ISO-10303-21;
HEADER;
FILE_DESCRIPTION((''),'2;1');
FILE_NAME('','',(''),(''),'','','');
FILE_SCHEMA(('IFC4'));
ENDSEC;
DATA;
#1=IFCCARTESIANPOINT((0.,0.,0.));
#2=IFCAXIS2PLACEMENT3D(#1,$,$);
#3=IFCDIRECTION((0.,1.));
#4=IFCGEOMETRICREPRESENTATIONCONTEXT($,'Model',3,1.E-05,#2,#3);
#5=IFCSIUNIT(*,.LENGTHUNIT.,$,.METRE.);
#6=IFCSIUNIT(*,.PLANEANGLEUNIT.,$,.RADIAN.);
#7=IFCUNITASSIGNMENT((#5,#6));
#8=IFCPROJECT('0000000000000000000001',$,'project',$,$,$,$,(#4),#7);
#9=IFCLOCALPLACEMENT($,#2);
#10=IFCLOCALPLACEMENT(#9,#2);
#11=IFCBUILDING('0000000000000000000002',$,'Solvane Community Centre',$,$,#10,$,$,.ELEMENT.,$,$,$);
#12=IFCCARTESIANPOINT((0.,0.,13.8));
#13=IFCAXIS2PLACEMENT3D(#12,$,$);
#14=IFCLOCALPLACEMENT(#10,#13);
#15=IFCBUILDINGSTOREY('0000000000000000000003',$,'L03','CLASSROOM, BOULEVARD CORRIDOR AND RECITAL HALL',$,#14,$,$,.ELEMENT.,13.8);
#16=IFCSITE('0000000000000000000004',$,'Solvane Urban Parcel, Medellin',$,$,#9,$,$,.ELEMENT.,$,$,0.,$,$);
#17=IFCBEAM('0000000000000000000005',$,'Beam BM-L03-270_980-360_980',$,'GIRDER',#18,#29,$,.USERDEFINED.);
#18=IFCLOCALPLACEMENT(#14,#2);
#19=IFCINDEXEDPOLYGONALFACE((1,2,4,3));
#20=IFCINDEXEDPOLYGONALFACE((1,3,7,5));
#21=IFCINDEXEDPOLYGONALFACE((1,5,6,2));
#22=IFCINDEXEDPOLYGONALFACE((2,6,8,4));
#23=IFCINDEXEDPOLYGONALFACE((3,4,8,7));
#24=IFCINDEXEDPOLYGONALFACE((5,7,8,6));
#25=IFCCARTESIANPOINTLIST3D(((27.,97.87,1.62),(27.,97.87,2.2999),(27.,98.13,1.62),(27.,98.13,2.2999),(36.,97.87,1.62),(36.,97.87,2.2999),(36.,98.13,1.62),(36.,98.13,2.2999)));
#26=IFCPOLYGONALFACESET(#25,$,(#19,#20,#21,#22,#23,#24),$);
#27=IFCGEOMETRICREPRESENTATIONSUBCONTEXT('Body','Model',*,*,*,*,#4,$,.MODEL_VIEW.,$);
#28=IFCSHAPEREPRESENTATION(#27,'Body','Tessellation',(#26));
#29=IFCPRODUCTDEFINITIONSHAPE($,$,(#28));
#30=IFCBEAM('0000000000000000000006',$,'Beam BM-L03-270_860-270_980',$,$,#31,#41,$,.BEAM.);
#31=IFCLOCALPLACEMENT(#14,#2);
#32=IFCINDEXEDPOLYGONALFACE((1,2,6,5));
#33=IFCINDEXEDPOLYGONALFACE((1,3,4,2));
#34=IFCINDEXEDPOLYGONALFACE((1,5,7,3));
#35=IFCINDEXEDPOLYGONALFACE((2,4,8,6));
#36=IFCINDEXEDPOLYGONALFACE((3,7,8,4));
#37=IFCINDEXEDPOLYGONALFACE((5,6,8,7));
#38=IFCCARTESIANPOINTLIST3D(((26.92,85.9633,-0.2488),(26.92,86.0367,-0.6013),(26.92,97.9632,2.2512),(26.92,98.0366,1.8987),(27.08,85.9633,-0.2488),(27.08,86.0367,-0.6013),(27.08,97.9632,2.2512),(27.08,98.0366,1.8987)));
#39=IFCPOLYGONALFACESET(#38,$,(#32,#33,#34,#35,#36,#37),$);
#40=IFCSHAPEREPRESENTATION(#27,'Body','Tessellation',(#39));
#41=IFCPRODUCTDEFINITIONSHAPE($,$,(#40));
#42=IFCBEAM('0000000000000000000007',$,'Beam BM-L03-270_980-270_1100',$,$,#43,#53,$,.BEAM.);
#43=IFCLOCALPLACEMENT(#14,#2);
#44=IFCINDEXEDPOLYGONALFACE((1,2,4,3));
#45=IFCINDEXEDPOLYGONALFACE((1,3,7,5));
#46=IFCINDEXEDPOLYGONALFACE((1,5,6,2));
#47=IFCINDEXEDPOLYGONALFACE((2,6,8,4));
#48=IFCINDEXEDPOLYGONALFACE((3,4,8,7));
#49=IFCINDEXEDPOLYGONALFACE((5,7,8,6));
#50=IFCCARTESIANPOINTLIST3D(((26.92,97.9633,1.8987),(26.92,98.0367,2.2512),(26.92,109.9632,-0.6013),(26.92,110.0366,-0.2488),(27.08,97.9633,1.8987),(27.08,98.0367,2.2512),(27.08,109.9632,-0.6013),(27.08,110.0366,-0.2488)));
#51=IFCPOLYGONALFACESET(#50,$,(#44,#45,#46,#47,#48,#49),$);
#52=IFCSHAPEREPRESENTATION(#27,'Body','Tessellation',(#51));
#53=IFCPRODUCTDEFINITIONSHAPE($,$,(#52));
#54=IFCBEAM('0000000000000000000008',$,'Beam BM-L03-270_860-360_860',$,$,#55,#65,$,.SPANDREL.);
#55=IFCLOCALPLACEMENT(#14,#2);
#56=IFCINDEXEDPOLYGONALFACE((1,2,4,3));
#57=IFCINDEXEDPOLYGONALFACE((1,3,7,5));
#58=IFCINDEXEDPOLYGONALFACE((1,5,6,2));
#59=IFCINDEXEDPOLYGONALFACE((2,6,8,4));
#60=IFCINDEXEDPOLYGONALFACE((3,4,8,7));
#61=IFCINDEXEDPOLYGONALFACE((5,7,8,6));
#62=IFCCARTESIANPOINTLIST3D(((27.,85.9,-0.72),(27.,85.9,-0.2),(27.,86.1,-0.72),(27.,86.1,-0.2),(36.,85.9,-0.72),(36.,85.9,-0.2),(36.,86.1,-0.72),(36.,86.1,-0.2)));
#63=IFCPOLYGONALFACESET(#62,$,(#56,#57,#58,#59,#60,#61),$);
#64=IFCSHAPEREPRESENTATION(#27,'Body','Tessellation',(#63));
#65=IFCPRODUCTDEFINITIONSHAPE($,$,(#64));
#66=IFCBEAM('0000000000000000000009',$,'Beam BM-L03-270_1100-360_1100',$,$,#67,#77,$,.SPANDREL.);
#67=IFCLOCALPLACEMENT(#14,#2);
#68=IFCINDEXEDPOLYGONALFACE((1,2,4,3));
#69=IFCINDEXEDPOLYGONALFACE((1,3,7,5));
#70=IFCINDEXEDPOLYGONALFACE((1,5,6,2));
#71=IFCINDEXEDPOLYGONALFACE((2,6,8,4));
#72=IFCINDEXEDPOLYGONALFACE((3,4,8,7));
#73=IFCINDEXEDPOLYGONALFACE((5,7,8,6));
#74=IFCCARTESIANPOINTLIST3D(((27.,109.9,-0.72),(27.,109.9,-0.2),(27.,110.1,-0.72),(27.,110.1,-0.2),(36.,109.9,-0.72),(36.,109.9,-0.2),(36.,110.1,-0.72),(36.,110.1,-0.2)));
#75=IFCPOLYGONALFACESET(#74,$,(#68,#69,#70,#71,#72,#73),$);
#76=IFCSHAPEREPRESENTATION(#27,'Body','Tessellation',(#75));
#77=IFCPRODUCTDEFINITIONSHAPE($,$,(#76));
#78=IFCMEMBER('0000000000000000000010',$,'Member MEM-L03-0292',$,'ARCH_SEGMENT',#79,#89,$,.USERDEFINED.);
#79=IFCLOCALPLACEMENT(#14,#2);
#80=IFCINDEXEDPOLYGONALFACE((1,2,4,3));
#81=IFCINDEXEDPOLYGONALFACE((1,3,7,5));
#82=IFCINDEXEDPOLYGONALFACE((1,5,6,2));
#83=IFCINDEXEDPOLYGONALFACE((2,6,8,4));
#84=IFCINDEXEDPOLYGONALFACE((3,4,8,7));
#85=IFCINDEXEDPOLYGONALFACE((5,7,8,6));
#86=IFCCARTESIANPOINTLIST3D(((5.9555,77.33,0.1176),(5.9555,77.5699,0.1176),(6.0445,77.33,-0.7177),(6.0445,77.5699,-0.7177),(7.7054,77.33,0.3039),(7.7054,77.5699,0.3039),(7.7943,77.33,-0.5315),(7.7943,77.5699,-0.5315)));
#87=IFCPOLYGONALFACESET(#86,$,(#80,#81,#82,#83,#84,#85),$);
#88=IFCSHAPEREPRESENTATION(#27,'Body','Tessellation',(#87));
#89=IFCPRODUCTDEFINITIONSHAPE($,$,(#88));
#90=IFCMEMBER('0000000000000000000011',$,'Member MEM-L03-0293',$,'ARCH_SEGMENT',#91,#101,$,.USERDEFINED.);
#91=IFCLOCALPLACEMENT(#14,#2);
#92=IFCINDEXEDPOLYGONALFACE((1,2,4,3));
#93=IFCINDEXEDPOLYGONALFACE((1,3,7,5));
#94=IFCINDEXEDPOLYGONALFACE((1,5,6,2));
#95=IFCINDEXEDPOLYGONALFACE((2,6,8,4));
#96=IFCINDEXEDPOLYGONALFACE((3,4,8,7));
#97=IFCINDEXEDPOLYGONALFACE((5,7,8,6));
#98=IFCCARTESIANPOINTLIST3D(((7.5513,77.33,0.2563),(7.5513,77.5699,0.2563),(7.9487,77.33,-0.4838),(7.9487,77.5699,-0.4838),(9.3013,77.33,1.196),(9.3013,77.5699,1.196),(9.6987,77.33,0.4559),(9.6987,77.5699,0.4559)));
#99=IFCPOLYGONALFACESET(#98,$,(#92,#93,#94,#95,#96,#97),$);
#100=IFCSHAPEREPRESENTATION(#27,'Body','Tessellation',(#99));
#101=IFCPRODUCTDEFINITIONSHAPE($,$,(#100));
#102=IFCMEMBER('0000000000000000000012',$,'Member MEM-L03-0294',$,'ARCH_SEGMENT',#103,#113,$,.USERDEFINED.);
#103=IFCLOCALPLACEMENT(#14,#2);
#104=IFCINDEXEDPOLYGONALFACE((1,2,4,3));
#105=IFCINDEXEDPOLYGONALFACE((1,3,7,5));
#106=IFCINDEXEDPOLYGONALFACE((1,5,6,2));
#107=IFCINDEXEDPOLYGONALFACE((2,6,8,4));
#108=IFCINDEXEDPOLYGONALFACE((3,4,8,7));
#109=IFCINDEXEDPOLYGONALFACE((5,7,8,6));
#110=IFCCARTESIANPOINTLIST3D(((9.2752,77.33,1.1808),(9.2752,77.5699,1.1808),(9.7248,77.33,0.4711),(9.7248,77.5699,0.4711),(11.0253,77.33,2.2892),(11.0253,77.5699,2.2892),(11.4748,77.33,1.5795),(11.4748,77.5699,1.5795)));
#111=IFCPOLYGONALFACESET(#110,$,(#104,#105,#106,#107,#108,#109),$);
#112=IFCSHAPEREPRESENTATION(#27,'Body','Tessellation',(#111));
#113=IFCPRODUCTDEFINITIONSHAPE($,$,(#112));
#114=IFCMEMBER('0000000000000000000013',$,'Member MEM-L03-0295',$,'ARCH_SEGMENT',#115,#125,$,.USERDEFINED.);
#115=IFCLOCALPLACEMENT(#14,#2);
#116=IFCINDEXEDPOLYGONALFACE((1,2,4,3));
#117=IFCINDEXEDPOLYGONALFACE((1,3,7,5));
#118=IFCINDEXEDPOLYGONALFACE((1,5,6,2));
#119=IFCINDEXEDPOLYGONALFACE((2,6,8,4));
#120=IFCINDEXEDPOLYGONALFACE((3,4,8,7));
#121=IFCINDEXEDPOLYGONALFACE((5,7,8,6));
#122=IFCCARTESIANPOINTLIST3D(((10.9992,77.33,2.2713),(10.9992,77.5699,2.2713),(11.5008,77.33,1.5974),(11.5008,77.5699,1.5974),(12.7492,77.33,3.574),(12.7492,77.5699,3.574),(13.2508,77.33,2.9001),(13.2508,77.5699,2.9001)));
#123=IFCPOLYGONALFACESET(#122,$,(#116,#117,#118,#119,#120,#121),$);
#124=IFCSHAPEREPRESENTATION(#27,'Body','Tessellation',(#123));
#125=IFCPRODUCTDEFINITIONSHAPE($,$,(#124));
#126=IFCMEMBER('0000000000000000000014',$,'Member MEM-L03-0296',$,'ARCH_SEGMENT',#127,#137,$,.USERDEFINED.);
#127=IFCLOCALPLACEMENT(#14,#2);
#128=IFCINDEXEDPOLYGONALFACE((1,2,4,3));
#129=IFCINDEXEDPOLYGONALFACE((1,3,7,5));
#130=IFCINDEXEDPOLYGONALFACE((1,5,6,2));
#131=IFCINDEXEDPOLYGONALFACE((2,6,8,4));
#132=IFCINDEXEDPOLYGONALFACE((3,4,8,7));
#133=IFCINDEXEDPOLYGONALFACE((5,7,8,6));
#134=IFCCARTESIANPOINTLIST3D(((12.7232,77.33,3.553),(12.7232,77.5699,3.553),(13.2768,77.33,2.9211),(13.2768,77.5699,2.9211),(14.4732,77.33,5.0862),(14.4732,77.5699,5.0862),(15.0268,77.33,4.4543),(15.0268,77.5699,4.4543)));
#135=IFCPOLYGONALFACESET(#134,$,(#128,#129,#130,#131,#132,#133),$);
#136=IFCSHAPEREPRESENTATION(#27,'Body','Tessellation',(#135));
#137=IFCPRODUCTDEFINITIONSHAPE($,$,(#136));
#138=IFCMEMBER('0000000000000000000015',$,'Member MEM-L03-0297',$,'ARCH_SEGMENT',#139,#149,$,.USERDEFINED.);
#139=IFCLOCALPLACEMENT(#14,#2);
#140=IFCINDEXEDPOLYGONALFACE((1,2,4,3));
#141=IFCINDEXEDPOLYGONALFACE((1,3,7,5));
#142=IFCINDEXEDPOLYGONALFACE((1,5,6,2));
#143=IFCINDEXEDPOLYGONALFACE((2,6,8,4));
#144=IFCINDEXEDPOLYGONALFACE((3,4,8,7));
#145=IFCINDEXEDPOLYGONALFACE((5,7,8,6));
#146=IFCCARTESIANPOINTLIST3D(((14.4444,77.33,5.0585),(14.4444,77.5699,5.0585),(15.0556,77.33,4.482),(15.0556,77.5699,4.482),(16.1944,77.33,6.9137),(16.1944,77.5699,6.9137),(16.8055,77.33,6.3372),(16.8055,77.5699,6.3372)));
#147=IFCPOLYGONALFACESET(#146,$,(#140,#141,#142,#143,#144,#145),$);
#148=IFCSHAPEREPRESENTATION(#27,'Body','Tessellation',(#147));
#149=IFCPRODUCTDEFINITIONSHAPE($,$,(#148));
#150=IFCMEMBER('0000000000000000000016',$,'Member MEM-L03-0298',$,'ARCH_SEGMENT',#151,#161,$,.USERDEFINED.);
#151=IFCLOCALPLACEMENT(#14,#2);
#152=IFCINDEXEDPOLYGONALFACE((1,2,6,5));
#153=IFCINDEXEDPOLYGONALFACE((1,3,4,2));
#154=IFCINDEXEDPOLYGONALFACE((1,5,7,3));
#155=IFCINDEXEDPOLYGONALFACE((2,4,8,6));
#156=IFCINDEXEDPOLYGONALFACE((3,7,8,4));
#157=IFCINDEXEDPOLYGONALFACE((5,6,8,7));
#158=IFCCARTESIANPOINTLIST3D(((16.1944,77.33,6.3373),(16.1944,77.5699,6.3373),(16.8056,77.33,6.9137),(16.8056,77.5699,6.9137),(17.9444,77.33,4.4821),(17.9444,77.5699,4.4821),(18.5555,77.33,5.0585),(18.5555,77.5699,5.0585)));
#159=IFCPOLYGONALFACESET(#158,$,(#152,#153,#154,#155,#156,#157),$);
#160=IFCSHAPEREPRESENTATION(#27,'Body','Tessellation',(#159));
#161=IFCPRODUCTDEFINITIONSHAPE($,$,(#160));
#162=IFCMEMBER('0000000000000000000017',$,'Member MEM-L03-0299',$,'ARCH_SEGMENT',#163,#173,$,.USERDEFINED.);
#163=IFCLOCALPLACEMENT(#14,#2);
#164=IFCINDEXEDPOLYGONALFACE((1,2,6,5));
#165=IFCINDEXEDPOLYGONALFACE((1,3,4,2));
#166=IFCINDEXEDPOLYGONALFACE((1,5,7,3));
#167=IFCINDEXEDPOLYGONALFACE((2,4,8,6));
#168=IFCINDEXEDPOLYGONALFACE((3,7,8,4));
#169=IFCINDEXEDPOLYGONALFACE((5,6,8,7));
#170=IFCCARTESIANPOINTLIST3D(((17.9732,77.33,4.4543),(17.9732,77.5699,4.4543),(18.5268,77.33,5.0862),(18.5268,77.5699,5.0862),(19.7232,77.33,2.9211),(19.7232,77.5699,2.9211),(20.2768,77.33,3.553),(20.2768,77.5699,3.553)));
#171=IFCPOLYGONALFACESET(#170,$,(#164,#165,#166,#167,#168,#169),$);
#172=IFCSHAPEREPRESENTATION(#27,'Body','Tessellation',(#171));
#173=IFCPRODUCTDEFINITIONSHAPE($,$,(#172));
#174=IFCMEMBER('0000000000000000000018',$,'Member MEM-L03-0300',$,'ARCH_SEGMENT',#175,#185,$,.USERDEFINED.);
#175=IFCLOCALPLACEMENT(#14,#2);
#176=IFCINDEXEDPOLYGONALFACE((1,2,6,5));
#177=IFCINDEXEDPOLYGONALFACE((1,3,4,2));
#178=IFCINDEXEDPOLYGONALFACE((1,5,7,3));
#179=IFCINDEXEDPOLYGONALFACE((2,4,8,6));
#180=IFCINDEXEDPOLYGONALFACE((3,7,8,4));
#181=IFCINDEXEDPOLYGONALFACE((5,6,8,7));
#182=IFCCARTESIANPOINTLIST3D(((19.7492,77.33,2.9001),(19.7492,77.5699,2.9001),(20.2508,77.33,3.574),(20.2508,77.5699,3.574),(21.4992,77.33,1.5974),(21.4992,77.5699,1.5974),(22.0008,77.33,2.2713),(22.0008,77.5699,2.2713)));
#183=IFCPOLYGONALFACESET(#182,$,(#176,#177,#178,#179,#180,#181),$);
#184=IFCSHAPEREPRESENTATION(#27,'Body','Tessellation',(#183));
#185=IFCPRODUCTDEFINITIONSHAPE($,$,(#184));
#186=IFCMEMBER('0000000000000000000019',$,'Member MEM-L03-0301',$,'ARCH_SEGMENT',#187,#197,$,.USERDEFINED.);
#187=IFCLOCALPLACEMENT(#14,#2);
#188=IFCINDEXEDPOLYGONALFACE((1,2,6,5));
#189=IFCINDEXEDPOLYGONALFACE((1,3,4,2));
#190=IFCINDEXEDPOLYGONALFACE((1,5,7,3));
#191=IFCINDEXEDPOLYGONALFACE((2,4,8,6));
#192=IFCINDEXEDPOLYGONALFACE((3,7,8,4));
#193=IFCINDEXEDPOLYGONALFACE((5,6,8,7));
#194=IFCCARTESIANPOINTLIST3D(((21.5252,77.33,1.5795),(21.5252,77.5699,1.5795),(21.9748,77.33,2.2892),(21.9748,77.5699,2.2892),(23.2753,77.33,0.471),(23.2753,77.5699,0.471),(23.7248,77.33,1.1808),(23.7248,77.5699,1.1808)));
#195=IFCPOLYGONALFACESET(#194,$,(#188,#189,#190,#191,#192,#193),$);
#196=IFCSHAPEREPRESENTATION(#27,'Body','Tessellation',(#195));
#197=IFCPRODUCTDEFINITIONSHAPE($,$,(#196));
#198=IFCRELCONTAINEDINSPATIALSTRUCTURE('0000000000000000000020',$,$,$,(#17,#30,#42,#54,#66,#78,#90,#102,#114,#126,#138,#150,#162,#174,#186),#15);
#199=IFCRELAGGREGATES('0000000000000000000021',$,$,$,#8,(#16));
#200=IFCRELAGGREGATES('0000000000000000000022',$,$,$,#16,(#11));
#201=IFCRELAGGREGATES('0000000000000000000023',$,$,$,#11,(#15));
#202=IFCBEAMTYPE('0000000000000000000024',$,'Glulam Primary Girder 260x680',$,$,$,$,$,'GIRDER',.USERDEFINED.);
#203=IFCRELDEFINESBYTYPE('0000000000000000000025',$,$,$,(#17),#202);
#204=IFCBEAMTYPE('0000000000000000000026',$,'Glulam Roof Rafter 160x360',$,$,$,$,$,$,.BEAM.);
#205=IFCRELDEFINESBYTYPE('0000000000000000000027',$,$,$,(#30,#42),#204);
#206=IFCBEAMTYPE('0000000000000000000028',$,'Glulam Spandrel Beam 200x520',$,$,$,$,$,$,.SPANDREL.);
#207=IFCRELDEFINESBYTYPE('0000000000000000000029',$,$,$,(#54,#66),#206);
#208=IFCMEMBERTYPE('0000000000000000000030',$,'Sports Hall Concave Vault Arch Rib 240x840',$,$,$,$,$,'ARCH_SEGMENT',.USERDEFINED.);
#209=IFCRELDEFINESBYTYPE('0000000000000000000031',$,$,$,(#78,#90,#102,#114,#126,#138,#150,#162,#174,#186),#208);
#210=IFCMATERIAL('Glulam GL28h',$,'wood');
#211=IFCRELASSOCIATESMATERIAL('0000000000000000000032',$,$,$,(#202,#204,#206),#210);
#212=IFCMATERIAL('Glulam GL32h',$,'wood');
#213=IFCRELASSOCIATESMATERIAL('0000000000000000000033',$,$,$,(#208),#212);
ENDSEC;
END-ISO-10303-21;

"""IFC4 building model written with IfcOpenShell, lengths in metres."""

from ifc_helpers import new_model, si_unit, direction, frame, origin, origin_2d, place, context, subcontext, project, spatial, rectangle, extrude, material, material_profile, profile_set, type_object, element, save


model = new_model("IFC4")

# Units and contexts
model_context = context("Model", 3, precision=1e-05, world=origin(), true_north=direction((0.0, 1.0)))
body_context = subcontext(model_context, "Body", "Model", "MODEL_VIEW")
ifc_project = project(units=[si_unit("LENGTHUNIT", "METRE"), si_unit("PLANEANGLEUNIT", "RADIAN")], contexts=[model_context])

# Site, building, storey
site_placement = place(None, origin())
site = spatial("IfcSite", under=ifc_project, at=site_placement, Name="Solvane Urban Parcel, Medellin", CompositionType="ELEMENT", RefElevation=0.0)
building_placement = place(site_placement, origin())
building = spatial("IfcBuilding", under=site, at=building_placement, Name="Solvane Community Centre", CompositionType="ELEMENT")
storey_placement = place(building_placement, frame((0.0, 0.0, 13.8)))
storey = spatial("IfcBuildingStorey", under=building, at=storey_placement, Name="L03", Description="CLASSROOM, BOULEVARD CORRIDOR AND RECITAL HALL", CompositionType="ELEMENT", Elevation=13.8)

# Beams
ifc_material_1 = material(Name="Glulam GL28h", Category="wood")
ifc_material_profile_1 = material_profile(ifc_material_1, rectangle(XDim=0.26, YDim=0.6799, at=origin_2d()), Name="GL28h 260x680")
ifc_profile_set_1 = profile_set([ifc_material_profile_1], Name="Glulam GL28h")
beam_type_1 = type_object("IfcBeamType", Name="Glulam Primary Girder 260x680", ElementType="GIRDER", PredefinedType="USERDEFINED", material=ifc_profile_set_1)
beam_placement = place(storey_placement, frame((27.0, 98.0, 1.96), z_axis=(1.0, 0.0, 0.0), x_axis=(0.0, 1.0, 0.0)))
element("IfcBeam", 1, at=beam_placement, inside=storey, type_object=beam_type_1, Name="Beam BM-L03-270_980-360_980", ObjectType="GIRDER", PredefinedType="USERDEFINED", context=body_context, shape_type="SweptSolid", body=[
    extrude(rectangle(XDim=0.26, YDim=0.6799, at=origin_2d()), origin(), (0.0, 0.0, 1.0), 9.0),
])
ifc_material_profile_2 = material_profile(ifc_material_1, rectangle(XDim=0.1599, YDim=0.3601, at=origin_2d()), Name="GL28h 160x360")
ifc_profile_set_2 = profile_set([ifc_material_profile_2], Name="Glulam GL28h")
beam_type_2 = type_object("IfcBeamType", Name="Glulam Roof Rafter 160x360", PredefinedType="BEAM", material=ifc_profile_set_2)
for number, where, z_axis, x_axis, name in (
    (2, (27.0, 86.0, -0.425), (0.0, 0.97898, 0.203954), (-1.0, 0.0, 0.0), "Beam BM-L03-270_860-270_980"),
    (3, (27.0, 98.0, 2.075), (0.0, 0.97898, -0.203954), (-1.0, 0.0, 0.0), "Beam BM-L03-270_980-270_1100"),
):
    element("IfcBeam", number, at=place(storey_placement, frame(where, z_axis=z_axis, x_axis=x_axis)), inside=storey, type_object=beam_type_2, Name=name, PredefinedType="BEAM", context=body_context, shape_type="SweptSolid", body=[
        extrude(rectangle(XDim=0.1599, YDim=0.3601, at=origin_2d()), origin(), (0.0, 0.0, 1.0), 12.2576),
    ])
ifc_material_profile_3 = material_profile(ifc_material_1, rectangle(XDim=0.2, YDim=0.52, at=origin_2d()), Name="GL28h 200x520")
ifc_profile_set_3 = profile_set([ifc_material_profile_3], Name="Glulam GL28h")
beam_type_3 = type_object("IfcBeamType", Name="Glulam Spandrel Beam 200x520", PredefinedType="SPANDREL", material=ifc_profile_set_3)
for number, where, z_axis, x_axis, name in (
    (4, (27.0, 86.0, -0.46), (1.0, 0.0, 0.0), (0.0, 1.0, 0.0), "Beam BM-L03-270_860-360_860"),
    (5, (27.0, 110.0, -0.46), (1.0, 0.0, 0.0), (0.0, 1.0, 0.0), "Beam BM-L03-270_1100-360_1100"),
):
    element("IfcBeam", number, at=place(storey_placement, frame(where, z_axis=z_axis, x_axis=x_axis)), inside=storey, type_object=beam_type_3, Name=name, PredefinedType="SPANDREL", context=body_context, shape_type="SweptSolid", body=[
        extrude(rectangle(XDim=0.2, YDim=0.52, at=origin_2d()), origin(), (0.0, 0.0, 1.0), 9.0),
    ])

# Members
ifc_material_2 = material(Name="Glulam GL32h", Category="wood")
ifc_material_profile_4 = material_profile(ifc_material_2, rectangle(XDim=0.24, YDim=0.8401, at=origin_2d()), Name="GL32h 240x840")
ifc_profile_set_4 = profile_set([ifc_material_profile_4], Name="Glulam GL32h")
member_type = type_object("IfcMemberType", Name="Sports Hall Concave Vault Arch Rib 240x840", ElementType="ARCH_SEGMENT", PredefinedType="USERDEFINED", material=ifc_profile_set_4)
member_1_placement = place(storey_placement, frame((6.0, 77.45, -0.3), z_axis=(0.994382, 0.0, 0.105847), x_axis=(0.0, 1.0, 0.0)))
element("IfcMember", 6, at=member_1_placement, inside=storey, type_object=member_type, Name="Member MEM-L03-0292", ObjectType="ARCH_SEGMENT", PredefinedType="USERDEFINED", context=body_context, shape_type="SweptSolid", body=[
    extrude(rectangle(XDim=0.24, YDim=0.8401, at=origin_2d()), origin(), (0.0, 0.0, 1.0), 1.7598),
])
member_2_placement = place(storey_placement, frame((7.75, 77.45, -0.1138), z_axis=(0.881019, 0.0, 0.473081), x_axis=(0.0, 1.0, 0.0)))
element("IfcMember", 7, at=member_2_placement, inside=storey, type_object=member_type, Name="Member MEM-L03-0293", ObjectType="ARCH_SEGMENT", PredefinedType="USERDEFINED", context=body_context, shape_type="SweptSolid", body=[
    extrude(rectangle(XDim=0.24, YDim=0.8401, at=origin_2d()), origin(), (0.0, 0.0, 1.0), 1.9863),
])
member_3_placement = place(storey_placement, frame((9.5, 77.45, 0.8259), z_axis=(0.844805, 0.0, 0.535075), x_axis=(0.0, 1.0, 0.0)))
element("IfcMember", 8, at=member_3_placement, inside=storey, type_object=member_type, Name="Member MEM-L03-0294", ObjectType="ARCH_SEGMENT", PredefinedType="USERDEFINED", context=body_context, shape_type="SweptSolid", body=[
    extrude(rectangle(XDim=0.24, YDim=0.8401, at=origin_2d()), origin(), (0.0, 0.0, 1.0), 2.0715),
])
member_4_placement = place(storey_placement, frame((11.25, 77.45, 1.9343), z_axis=(0.802143, 0.0, 0.597131), x_axis=(0.0, 1.0, 0.0)))
element("IfcMember", 9, at=member_4_placement, inside=storey, type_object=member_type, Name="Member MEM-L03-0295", ObjectType="ARCH_SEGMENT", PredefinedType="USERDEFINED", context=body_context, shape_type="SweptSolid", body=[
    extrude(rectangle(XDim=0.24, YDim=0.8401, at=origin_2d()), origin(), (0.0, 0.0, 1.0), 2.1816),
])
member_5_placement = place(storey_placement, frame((13.0, 77.45, 3.2371), z_axis=(0.752161, 0.0, 0.65898), x_axis=(0.0, 1.0, 0.0)))
element("IfcMember", 10, at=member_5_placement, inside=storey, type_object=member_type, Name="Member MEM-L03-0296", ObjectType="ARCH_SEGMENT", PredefinedType="USERDEFINED", context=body_context, shape_type="SweptSolid", body=[
    extrude(rectangle(XDim=0.24, YDim=0.8401, at=origin_2d()), origin(), (0.0, 0.0, 1.0), 2.3267),
])
for number, where, z_axis, x_axis, name in (
    (11, (14.75, 77.45, 4.7703), (0.686176, 0.0, 0.727435), (0.0, 1.0, 0.0), "Member MEM-L03-0297"),
    (12, (16.5, 77.45, 6.6255), (0.686176, 0.0, -0.727435), (0.0, 1.0, 0.0), "Member MEM-L03-0298"),
):
    element("IfcMember", number, at=place(storey_placement, frame(where, z_axis=z_axis, x_axis=x_axis)), inside=storey, type_object=member_type, Name=name, ObjectType="ARCH_SEGMENT", PredefinedType="USERDEFINED", context=body_context, shape_type="SweptSolid", body=[
        extrude(rectangle(XDim=0.24, YDim=0.8401, at=origin_2d()), origin(), (0.0, 0.0, 1.0), 2.5503),
    ])
member_6_placement = place(storey_placement, frame((18.25, 77.45, 4.7703), z_axis=(0.752161, 0.0, -0.65898), x_axis=(0.0, 1.0, 0.0)))
element("IfcMember", 13, at=member_6_placement, inside=storey, type_object=member_type, Name="Member MEM-L03-0299", ObjectType="ARCH_SEGMENT", PredefinedType="USERDEFINED", context=body_context, shape_type="SweptSolid", body=[
    extrude(rectangle(XDim=0.24, YDim=0.8401, at=origin_2d()), origin(), (0.0, 0.0, 1.0), 2.3267),
])
member_7_placement = place(storey_placement, frame((20.0, 77.45, 3.2371), z_axis=(0.802143, 0.0, -0.597131), x_axis=(0.0, 1.0, 0.0)))
element("IfcMember", 14, at=member_7_placement, inside=storey, type_object=member_type, Name="Member MEM-L03-0300", ObjectType="ARCH_SEGMENT", PredefinedType="USERDEFINED", context=body_context, shape_type="SweptSolid", body=[
    extrude(rectangle(XDim=0.24, YDim=0.8401, at=origin_2d()), origin(), (0.0, 0.0, 1.0), 2.1816),
])
member_8_placement = place(storey_placement, frame((21.75, 77.45, 1.9343), z_axis=(0.844805, 0.0, -0.535075), x_axis=(0.0, 1.0, 0.0)))
element("IfcMember", 15, at=member_8_placement, inside=storey, type_object=member_type, Name="Member MEM-L03-0301", ObjectType="ARCH_SEGMENT", PredefinedType="USERDEFINED", context=body_context, shape_type="SweptSolid", body=[
    extrude(rectangle(XDim=0.24, YDim=0.8401, at=origin_2d()), origin(), (0.0, 0.0, 1.0), 2.0715),
])

save(model, "model.ifc")
